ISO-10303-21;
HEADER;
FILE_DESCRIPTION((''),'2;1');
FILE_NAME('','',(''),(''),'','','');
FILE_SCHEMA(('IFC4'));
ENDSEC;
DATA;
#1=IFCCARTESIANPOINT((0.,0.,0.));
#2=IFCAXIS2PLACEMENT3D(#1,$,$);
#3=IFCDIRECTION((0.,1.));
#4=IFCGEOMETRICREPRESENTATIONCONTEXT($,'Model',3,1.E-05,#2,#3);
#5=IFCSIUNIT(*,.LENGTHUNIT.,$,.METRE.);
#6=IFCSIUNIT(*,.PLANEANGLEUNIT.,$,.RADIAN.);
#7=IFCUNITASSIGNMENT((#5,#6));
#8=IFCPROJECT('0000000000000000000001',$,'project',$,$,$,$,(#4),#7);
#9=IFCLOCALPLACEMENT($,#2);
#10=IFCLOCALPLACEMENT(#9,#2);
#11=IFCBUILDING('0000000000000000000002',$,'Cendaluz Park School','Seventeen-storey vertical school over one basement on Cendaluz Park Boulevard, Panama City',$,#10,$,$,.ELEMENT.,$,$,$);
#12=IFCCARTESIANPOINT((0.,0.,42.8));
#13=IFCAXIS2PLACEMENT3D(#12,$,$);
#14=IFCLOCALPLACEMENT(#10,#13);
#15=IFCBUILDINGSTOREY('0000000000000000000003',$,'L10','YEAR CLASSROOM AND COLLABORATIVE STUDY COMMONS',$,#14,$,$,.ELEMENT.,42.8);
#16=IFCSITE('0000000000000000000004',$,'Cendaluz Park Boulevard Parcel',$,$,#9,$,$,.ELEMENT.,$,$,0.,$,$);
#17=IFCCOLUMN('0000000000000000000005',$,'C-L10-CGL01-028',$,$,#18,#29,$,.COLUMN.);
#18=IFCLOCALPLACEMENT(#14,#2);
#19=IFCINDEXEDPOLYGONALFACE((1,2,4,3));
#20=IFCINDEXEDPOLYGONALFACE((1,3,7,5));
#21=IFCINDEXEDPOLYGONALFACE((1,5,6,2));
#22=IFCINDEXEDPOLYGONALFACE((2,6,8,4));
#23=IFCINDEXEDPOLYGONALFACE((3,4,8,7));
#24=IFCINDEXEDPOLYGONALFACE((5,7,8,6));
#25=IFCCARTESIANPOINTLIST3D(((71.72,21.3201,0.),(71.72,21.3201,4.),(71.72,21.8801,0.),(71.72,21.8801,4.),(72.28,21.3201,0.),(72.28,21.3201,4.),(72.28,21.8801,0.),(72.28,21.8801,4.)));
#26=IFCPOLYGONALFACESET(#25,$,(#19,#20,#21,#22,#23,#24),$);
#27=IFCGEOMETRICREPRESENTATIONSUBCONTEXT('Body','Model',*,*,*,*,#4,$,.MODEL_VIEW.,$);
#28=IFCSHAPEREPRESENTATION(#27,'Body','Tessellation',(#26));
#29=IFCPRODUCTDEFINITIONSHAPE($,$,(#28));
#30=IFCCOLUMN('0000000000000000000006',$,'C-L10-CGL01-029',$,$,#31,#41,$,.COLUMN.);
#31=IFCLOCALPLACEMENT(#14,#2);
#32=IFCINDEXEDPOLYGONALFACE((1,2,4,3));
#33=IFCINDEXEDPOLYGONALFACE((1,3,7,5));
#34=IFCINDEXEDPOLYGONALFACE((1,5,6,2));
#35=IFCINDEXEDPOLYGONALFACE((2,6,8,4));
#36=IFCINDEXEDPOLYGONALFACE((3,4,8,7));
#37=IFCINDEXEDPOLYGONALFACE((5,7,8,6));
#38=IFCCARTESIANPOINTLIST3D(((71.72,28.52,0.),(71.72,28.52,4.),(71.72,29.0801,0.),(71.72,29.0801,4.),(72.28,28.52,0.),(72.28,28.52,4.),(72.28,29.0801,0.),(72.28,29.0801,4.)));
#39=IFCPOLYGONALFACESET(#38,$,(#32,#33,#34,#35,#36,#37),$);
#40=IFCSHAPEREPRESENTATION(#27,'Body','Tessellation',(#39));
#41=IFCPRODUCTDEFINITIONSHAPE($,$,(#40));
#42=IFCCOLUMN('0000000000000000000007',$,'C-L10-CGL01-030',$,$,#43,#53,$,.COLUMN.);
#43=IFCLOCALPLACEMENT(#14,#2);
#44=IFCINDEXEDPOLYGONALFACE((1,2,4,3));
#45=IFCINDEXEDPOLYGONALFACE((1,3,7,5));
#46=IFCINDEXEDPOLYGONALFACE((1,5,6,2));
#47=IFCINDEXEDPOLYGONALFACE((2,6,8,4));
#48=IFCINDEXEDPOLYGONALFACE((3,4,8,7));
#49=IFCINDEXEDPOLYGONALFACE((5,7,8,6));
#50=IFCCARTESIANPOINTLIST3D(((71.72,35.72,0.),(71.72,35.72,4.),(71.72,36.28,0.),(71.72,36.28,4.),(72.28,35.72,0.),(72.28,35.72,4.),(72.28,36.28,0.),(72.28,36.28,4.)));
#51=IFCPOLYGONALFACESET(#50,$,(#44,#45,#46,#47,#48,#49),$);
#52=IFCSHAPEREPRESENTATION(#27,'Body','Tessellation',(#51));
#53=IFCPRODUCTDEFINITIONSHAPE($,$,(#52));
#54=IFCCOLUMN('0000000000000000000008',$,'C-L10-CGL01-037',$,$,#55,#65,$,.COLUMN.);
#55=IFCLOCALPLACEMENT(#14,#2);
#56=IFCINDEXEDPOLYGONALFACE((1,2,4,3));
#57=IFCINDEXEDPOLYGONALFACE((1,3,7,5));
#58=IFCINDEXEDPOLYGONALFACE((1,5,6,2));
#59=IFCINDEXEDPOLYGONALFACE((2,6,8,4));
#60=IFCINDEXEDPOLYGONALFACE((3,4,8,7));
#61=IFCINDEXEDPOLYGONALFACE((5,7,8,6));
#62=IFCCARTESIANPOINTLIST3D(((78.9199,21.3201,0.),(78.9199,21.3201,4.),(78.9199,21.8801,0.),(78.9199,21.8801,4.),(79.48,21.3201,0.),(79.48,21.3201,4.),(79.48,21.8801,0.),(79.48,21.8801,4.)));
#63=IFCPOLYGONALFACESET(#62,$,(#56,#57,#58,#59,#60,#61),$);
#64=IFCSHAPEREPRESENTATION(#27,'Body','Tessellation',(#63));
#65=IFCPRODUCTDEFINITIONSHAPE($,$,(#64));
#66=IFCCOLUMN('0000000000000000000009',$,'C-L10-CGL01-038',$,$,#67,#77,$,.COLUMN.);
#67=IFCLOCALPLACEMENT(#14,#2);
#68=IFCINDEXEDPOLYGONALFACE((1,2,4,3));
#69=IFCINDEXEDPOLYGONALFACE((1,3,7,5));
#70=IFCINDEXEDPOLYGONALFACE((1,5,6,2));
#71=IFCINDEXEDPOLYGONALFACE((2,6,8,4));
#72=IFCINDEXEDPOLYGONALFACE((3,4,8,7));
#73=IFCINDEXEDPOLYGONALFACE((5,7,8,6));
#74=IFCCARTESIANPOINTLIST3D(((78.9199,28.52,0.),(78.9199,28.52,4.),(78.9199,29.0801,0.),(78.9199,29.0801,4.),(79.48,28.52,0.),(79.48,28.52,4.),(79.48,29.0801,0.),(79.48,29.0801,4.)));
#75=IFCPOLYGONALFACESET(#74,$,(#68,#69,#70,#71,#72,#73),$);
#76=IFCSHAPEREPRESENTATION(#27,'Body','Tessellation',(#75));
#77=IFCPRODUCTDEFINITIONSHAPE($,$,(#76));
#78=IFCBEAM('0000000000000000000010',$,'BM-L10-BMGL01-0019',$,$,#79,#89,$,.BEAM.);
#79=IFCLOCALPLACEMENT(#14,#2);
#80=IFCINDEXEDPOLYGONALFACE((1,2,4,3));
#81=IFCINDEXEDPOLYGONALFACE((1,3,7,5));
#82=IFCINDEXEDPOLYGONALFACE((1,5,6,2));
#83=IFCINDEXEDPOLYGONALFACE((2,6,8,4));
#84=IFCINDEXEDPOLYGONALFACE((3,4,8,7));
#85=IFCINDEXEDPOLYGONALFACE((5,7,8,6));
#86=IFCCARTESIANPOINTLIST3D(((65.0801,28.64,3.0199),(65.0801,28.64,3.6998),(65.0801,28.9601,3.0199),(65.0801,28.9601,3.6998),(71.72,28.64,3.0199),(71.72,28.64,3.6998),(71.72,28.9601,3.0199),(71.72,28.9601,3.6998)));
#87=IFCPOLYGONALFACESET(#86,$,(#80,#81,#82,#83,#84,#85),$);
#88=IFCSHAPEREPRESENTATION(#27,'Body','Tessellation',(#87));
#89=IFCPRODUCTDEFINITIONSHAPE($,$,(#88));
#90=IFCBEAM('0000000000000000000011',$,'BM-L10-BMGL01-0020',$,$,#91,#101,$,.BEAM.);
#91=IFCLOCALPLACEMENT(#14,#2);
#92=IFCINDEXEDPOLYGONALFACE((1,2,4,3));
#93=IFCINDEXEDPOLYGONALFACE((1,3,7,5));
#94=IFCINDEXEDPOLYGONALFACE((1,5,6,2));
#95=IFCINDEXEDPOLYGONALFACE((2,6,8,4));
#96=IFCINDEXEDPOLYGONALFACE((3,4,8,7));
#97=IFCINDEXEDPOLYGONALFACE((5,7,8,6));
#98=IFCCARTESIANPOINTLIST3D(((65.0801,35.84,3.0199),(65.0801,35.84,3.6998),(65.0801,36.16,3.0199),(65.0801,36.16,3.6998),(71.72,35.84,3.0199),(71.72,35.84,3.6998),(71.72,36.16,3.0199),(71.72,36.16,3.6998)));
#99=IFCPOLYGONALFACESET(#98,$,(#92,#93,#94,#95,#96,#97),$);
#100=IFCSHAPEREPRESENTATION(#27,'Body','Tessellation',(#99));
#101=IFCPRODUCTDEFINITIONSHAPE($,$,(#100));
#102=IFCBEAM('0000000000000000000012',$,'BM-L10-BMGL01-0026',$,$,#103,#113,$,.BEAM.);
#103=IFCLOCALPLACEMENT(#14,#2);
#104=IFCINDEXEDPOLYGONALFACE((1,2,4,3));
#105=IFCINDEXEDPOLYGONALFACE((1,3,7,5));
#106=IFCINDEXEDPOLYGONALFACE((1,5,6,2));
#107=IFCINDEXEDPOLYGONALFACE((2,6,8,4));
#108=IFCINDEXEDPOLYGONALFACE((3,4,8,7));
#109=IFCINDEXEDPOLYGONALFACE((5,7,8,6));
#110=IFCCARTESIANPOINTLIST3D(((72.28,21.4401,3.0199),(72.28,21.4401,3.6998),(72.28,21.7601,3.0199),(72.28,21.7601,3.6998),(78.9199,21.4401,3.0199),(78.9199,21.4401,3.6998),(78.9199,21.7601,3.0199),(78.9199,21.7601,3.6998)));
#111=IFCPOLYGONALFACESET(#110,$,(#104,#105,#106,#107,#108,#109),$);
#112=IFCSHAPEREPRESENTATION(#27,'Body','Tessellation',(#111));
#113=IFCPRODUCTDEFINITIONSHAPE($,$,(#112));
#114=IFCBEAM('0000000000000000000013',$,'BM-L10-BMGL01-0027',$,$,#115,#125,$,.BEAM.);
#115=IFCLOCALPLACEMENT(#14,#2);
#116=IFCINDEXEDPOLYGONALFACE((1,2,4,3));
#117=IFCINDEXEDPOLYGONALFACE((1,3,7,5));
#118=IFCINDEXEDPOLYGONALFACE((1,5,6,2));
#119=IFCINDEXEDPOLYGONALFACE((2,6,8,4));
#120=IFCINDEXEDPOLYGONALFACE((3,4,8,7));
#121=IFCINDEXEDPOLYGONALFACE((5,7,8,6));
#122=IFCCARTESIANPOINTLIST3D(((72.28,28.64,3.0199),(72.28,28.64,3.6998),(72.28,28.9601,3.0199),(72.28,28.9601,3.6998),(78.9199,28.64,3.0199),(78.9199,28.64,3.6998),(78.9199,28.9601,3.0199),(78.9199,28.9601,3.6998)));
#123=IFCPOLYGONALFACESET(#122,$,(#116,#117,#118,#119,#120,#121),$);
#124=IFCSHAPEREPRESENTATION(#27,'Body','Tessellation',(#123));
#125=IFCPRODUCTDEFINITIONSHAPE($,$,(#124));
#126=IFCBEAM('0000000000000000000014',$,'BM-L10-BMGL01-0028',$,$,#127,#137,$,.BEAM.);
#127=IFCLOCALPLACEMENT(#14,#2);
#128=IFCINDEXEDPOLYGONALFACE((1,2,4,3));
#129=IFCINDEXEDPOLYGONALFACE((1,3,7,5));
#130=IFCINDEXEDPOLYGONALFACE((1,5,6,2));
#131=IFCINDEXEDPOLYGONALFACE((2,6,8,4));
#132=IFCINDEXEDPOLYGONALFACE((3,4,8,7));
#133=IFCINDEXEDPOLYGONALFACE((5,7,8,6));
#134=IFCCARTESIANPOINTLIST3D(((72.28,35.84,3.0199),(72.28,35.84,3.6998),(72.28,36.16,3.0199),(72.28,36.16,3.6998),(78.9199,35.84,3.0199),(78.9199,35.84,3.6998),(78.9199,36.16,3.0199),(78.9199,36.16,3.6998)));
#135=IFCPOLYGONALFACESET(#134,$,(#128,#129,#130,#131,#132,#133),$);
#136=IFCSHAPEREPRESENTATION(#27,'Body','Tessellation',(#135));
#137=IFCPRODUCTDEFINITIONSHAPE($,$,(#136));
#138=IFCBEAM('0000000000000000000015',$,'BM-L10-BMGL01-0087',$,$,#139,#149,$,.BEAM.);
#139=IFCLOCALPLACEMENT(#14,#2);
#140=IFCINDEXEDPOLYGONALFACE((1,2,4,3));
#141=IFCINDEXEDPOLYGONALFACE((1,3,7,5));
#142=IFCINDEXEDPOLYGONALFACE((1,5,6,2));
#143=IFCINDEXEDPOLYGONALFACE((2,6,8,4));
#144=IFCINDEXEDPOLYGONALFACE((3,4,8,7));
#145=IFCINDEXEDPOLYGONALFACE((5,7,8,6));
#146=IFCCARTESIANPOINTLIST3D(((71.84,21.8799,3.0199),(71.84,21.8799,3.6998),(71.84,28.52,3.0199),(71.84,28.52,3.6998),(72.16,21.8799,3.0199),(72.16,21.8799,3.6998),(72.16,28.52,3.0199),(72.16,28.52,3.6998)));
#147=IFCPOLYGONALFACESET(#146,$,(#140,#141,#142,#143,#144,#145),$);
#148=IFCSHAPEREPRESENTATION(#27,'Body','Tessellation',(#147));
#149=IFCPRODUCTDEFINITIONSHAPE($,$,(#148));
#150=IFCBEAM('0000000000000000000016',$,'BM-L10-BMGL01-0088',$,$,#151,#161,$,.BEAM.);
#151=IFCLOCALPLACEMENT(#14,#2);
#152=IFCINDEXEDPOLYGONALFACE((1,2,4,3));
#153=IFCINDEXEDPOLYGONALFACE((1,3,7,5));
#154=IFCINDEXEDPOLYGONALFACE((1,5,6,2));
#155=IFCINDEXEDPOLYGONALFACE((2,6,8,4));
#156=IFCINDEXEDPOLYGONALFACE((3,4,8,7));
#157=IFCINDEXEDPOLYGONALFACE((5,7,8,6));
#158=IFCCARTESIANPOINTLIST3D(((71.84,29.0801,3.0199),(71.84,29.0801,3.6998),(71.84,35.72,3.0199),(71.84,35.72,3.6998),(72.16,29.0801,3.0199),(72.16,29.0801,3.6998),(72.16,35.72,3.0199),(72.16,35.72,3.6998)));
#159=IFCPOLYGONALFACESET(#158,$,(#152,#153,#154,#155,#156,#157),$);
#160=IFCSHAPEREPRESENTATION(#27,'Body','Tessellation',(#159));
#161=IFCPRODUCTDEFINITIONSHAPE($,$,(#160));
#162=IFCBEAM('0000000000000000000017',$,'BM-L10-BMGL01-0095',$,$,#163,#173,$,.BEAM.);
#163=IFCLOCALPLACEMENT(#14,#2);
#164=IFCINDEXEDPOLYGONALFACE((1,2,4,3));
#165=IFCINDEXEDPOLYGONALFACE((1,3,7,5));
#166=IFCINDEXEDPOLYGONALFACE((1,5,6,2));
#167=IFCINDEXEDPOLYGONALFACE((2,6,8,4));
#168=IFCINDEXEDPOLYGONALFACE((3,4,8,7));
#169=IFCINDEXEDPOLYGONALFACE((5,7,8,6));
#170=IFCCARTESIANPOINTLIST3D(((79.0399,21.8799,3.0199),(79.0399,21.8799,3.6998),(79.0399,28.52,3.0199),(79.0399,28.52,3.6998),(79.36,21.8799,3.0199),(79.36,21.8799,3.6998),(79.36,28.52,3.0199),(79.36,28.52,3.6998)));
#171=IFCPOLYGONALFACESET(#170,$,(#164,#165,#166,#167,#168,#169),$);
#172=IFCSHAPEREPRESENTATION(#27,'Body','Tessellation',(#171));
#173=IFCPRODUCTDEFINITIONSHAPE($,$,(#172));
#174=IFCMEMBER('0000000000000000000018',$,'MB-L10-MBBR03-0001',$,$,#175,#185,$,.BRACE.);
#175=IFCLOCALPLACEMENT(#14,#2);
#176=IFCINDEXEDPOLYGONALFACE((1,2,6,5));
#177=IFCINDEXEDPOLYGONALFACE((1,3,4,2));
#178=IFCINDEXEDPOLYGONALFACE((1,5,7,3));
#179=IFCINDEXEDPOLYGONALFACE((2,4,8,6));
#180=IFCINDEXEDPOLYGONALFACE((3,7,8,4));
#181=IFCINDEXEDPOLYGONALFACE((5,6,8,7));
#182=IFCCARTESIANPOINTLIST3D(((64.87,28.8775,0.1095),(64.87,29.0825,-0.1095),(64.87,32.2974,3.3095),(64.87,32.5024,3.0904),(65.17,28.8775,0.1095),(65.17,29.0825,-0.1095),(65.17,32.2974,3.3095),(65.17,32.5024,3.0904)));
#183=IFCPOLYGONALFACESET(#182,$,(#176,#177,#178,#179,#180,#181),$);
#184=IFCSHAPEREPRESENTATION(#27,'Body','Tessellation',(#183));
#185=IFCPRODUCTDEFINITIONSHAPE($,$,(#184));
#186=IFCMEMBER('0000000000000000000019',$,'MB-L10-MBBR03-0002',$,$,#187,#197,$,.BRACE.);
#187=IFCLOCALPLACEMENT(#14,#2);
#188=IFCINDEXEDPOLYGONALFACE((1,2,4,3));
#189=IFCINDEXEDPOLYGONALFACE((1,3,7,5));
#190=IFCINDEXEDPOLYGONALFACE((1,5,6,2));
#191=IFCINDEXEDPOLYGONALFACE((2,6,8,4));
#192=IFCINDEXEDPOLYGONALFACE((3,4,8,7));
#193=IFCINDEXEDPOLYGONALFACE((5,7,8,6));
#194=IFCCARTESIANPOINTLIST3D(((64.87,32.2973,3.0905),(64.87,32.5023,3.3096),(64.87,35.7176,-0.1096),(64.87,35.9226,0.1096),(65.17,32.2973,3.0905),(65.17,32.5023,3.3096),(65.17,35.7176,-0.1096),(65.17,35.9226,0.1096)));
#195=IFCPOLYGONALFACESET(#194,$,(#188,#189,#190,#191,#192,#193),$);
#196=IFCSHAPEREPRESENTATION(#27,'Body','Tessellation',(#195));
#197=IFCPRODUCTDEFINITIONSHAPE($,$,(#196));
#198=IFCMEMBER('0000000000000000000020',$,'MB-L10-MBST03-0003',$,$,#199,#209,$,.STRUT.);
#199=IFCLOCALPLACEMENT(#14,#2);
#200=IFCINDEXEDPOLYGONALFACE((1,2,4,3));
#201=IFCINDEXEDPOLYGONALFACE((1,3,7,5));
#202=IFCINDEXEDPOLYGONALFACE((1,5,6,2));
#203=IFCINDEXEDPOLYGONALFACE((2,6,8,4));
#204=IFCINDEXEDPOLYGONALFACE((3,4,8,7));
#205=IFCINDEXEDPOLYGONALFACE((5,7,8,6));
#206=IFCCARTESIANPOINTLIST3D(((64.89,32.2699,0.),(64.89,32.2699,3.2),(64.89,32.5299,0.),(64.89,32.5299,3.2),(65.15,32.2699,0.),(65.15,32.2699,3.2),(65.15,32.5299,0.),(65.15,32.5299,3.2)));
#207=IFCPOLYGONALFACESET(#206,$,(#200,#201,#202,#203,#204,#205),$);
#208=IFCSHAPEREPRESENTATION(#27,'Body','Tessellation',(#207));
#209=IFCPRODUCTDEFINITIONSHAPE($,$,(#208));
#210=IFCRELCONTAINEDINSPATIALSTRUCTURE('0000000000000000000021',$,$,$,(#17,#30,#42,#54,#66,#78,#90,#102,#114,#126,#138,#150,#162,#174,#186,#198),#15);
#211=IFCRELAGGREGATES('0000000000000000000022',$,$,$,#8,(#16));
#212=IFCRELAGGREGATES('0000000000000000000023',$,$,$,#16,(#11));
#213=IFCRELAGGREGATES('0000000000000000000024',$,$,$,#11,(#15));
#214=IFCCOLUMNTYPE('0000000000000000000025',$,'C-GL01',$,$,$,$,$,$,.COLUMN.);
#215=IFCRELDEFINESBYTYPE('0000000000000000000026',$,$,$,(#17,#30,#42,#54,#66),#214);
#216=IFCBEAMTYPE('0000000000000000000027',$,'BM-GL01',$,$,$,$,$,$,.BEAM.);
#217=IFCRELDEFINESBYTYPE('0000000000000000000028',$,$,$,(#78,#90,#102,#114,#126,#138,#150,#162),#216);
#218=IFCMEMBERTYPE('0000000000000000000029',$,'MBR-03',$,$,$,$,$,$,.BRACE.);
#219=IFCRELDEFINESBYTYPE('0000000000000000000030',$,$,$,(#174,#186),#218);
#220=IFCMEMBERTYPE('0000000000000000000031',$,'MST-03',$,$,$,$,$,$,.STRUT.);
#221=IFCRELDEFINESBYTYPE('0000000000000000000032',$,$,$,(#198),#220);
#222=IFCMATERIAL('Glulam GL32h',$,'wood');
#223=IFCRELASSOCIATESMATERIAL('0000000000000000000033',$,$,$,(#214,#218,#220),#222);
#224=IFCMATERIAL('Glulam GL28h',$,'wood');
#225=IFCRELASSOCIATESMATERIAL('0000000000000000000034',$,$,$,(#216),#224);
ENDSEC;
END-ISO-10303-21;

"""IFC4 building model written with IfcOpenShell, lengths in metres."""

from ifc_helpers import new_model, si_unit, direction, frame, origin, origin_2d, place, context, subcontext, project, spatial, rectangle, extrude, material, material_profile, profile_set, type_object, element, save


model = new_model("IFC4")

# Units and contexts
model_context = context("Model", 3, precision=1e-05, world=origin(), true_north=direction((0.0, 1.0)))
body_context = subcontext(model_context, "Body", "Model", "MODEL_VIEW")
ifc_project = project(units=[si_unit("LENGTHUNIT", "METRE"), si_unit("PLANEANGLEUNIT", "RADIAN")], contexts=[model_context])

# Site, building, storey
site_placement = place(None, origin())
site = spatial("IfcSite", under=ifc_project, at=site_placement, Name="Cendaluz Park Boulevard Parcel", CompositionType="ELEMENT", RefElevation=0.0)
building_placement = place(site_placement, origin())
building = spatial("IfcBuilding", under=site, at=building_placement, Name="Cendaluz Park School", Description="Seventeen-storey vertical school over one basement on Cendaluz Park Boulevard, Panama City", CompositionType="ELEMENT")
storey_placement = place(building_placement, frame((0.0, 0.0, 42.8)))
storey = spatial("IfcBuildingStorey", under=building, at=storey_placement, Name="L10", Description="YEAR CLASSROOM AND COLLABORATIVE STUDY COMMONS", CompositionType="ELEMENT", Elevation=42.8)

# Columns
ifc_material_1 = material(Name="Glulam GL32h", Category="wood")
ifc_material_profile_1 = material_profile(ifc_material_1, rectangle(XDim=0.5601, YDim=0.5601, at=origin_2d()), Name="GL32h 560x560", Category="wood")
ifc_profile_set_1 = profile_set([ifc_material_profile_1], Name="Glulam GL32h")
column_type = type_object("IfcColumnType", Name="C-GL01", PredefinedType="COLUMN", material=ifc_profile_set_1)
for number, where, z_axis, x_axis, name in (
    (1, (72.0, 21.6001, 0.0), (0.0, 0.0, 1.0), (1.0, 0.0, 0.0), "C-L10-CGL01-028"),
    (2, (72.0, 28.8, 0.0), (0.0, 0.0, 1.0), (1.0, 0.0, 0.0), "C-L10-CGL01-029"),
    (3, (72.0, 36.0, 0.0), (0.0, 0.0, 1.0), (1.0, 0.0, 0.0), "C-L10-CGL01-030"),
    (4, (79.2, 21.6001, 0.0), (0.0, 0.0, 1.0), (1.0, 0.0, 0.0), "C-L10-CGL01-037"),
    (5, (79.2, 28.8, 0.0), (0.0, 0.0, 1.0), (1.0, 0.0, 0.0), "C-L10-CGL01-038"),
):
    element("IfcColumn", number, at=place(storey_placement, frame(where, z_axis=z_axis, x_axis=x_axis)), inside=storey, type_object=column_type, Name=name, PredefinedType="COLUMN", context=body_context, shape_type="SweptSolid", body=[
        extrude(rectangle(XDim=0.5601, YDim=0.5601, at=origin_2d()), origin(), (0.0, 0.0, 1.0), 4.0),
    ])

# Beams
ifc_material_2 = material(Name="Glulam GL28h", Category="wood")
ifc_material_profile_2 = material_profile(ifc_material_2, rectangle(XDim=0.3201, YDim=0.6799, at=origin_2d()), Name="GL28h 320x680", Category="wood")
ifc_profile_set_2 = profile_set([ifc_material_profile_2], Name="Glulam GL28h")
beam_type = type_object("IfcBeamType", Name="BM-GL01", PredefinedType="BEAM", material=ifc_profile_set_2)
for number, where, z_axis, x_axis, name in (
    (6, (65.0801, 28.8, 3.3599), (1.0, 0.0, 0.0), (0.0, 1.0, 0.0), "BM-L10-BMGL01-0019"),
    (7, (65.0801, 36.0, 3.3599), (1.0, 0.0, 0.0), (0.0, 1.0, 0.0), "BM-L10-BMGL01-0020"),
    (8, (72.28, 21.6001, 3.3599), (1.0, 0.0, 0.0), (0.0, 1.0, 0.0), "BM-L10-BMGL01-0026"),
    (9, (72.28, 28.8, 3.3599), (1.0, 0.0, 0.0), (0.0, 1.0, 0.0), "BM-L10-BMGL01-0027"),
    (10, (72.28, 36.0, 3.3599), (1.0, 0.0, 0.0), (0.0, 1.0, 0.0), "BM-L10-BMGL01-0028"),
):
    element("IfcBeam", number, at=place(storey_placement, frame(where, z_axis=z_axis, x_axis=x_axis)), inside=storey, type_object=beam_type, Name=name, PredefinedType="BEAM", context=body_context, shape_type="SweptSolid", body=[
        extrude(rectangle(XDim=0.3201, YDim=0.6799, at=origin_2d()), origin(), (0.0, 0.0, 1.0), 6.6399),
    ])
beam_1_placement = place(storey_placement, frame((72.0, 21.8799, 3.3599), z_axis=(0.0, 1.0, 0.0), x_axis=(-1.0, 0.0, 0.0)))
element("IfcBeam", 11, at=beam_1_placement, inside=storey, type_object=beam_type, Name="BM-L10-BMGL01-0087", PredefinedType="BEAM", context=body_context, shape_type="SweptSolid", body=[
    extrude(rectangle(XDim=0.3201, YDim=0.6799, at=origin_2d()), origin(), (0.0, 0.0, 1.0), 6.6401),
])
beam_2_placement = place(storey_placement, frame((72.0, 29.0801, 3.3599), z_axis=(0.0, 1.0, 0.0), x_axis=(-1.0, 0.0, 0.0)))
element("IfcBeam", 12, at=beam_2_placement, inside=storey, type_object=beam_type, Name="BM-L10-BMGL01-0088", PredefinedType="BEAM", context=body_context, shape_type="SweptSolid", body=[
    extrude(rectangle(XDim=0.3201, YDim=0.6799, at=origin_2d()), origin(), (0.0, 0.0, 1.0), 6.6399),
])
beam_3_placement = place(storey_placement, frame((79.2, 21.8799, 3.3599), z_axis=(0.0, 1.0, 0.0), x_axis=(-1.0, 0.0, 0.0)))
element("IfcBeam", 13, at=beam_3_placement, inside=storey, type_object=beam_type, Name="BM-L10-BMGL01-0095", PredefinedType="BEAM", context=body_context, shape_type="SweptSolid", body=[
    extrude(rectangle(XDim=0.3201, YDim=0.6799, at=origin_2d()), origin(), (0.0, 0.0, 1.0), 6.6401),
])

# Members
ifc_material_profile_3 = material_profile(ifc_material_1, rectangle(XDim=0.3, YDim=0.3, at=origin_2d()), Name="GL32h 300x300", Category="wood")
ifc_profile_set_3 = profile_set([ifc_material_profile_3], Name="Glulam GL32h")
member_type_1 = type_object("IfcMemberType", Name="MBR-03", PredefinedType="BRACE", material=ifc_profile_set_3)
member_1_placement = place(storey_placement, frame((65.02, 28.98, 0.0), z_axis=(0.0, 0.7302, 0.683233), x_axis=(-1.0, 0.0, 0.0)))
element("IfcMember", 14, at=member_1_placement, inside=storey, type_object=member_type_1, Name="MB-L10-MBBR03-0001", PredefinedType="BRACE", context=body_context, shape_type="SweptSolid", body=[
    extrude(rectangle(XDim=0.3, YDim=0.3, at=origin_2d()), origin(), (0.0, 0.0, 1.0), 4.6836),
])
member_2_placement = place(storey_placement, frame((65.02, 35.8201, 0.0), z_axis=(0.0, -0.730224, 0.683207), x_axis=(1.0, 0.0, 0.0)))
element("IfcMember", 15, at=member_2_placement, inside=storey, type_object=member_type_1, Name="MB-L10-MBBR03-0002", PredefinedType="BRACE", context=body_context, shape_type="SweptSolid", body=[
    extrude(rectangle(XDim=0.3, YDim=0.3, at=origin_2d()), origin(), (0.0, 0.0, 1.0), 4.6838),
])
ifc_material_profile_4 = material_profile(ifc_material_1, rectangle(XDim=0.26, YDim=0.26, at=origin_2d()), Name="GL32h 260x260", Category="wood")
ifc_profile_set_4 = profile_set([ifc_material_profile_4], Name="Glulam GL32h")
member_type_2 = type_object("IfcMemberType", Name="MST-03", PredefinedType="STRUT", material=ifc_profile_set_4)
member_3_placement = place(storey_placement, frame((65.02, 32.3999, 0.0), z_axis=(0.0, 0.0, 1.0), x_axis=(1.0, 0.0, 0.0)))
element("IfcMember", 16, at=member_3_placement, inside=storey, type_object=member_type_2, Name="MB-L10-MBST03-0003", PredefinedType="STRUT", context=body_context, shape_type="SweptSolid", body=[
    extrude(rectangle(XDim=0.26, YDim=0.26, at=origin_2d()), origin(), (0.0, 0.0, 1.0), 3.2),
])

save(model, "model.ifc")
